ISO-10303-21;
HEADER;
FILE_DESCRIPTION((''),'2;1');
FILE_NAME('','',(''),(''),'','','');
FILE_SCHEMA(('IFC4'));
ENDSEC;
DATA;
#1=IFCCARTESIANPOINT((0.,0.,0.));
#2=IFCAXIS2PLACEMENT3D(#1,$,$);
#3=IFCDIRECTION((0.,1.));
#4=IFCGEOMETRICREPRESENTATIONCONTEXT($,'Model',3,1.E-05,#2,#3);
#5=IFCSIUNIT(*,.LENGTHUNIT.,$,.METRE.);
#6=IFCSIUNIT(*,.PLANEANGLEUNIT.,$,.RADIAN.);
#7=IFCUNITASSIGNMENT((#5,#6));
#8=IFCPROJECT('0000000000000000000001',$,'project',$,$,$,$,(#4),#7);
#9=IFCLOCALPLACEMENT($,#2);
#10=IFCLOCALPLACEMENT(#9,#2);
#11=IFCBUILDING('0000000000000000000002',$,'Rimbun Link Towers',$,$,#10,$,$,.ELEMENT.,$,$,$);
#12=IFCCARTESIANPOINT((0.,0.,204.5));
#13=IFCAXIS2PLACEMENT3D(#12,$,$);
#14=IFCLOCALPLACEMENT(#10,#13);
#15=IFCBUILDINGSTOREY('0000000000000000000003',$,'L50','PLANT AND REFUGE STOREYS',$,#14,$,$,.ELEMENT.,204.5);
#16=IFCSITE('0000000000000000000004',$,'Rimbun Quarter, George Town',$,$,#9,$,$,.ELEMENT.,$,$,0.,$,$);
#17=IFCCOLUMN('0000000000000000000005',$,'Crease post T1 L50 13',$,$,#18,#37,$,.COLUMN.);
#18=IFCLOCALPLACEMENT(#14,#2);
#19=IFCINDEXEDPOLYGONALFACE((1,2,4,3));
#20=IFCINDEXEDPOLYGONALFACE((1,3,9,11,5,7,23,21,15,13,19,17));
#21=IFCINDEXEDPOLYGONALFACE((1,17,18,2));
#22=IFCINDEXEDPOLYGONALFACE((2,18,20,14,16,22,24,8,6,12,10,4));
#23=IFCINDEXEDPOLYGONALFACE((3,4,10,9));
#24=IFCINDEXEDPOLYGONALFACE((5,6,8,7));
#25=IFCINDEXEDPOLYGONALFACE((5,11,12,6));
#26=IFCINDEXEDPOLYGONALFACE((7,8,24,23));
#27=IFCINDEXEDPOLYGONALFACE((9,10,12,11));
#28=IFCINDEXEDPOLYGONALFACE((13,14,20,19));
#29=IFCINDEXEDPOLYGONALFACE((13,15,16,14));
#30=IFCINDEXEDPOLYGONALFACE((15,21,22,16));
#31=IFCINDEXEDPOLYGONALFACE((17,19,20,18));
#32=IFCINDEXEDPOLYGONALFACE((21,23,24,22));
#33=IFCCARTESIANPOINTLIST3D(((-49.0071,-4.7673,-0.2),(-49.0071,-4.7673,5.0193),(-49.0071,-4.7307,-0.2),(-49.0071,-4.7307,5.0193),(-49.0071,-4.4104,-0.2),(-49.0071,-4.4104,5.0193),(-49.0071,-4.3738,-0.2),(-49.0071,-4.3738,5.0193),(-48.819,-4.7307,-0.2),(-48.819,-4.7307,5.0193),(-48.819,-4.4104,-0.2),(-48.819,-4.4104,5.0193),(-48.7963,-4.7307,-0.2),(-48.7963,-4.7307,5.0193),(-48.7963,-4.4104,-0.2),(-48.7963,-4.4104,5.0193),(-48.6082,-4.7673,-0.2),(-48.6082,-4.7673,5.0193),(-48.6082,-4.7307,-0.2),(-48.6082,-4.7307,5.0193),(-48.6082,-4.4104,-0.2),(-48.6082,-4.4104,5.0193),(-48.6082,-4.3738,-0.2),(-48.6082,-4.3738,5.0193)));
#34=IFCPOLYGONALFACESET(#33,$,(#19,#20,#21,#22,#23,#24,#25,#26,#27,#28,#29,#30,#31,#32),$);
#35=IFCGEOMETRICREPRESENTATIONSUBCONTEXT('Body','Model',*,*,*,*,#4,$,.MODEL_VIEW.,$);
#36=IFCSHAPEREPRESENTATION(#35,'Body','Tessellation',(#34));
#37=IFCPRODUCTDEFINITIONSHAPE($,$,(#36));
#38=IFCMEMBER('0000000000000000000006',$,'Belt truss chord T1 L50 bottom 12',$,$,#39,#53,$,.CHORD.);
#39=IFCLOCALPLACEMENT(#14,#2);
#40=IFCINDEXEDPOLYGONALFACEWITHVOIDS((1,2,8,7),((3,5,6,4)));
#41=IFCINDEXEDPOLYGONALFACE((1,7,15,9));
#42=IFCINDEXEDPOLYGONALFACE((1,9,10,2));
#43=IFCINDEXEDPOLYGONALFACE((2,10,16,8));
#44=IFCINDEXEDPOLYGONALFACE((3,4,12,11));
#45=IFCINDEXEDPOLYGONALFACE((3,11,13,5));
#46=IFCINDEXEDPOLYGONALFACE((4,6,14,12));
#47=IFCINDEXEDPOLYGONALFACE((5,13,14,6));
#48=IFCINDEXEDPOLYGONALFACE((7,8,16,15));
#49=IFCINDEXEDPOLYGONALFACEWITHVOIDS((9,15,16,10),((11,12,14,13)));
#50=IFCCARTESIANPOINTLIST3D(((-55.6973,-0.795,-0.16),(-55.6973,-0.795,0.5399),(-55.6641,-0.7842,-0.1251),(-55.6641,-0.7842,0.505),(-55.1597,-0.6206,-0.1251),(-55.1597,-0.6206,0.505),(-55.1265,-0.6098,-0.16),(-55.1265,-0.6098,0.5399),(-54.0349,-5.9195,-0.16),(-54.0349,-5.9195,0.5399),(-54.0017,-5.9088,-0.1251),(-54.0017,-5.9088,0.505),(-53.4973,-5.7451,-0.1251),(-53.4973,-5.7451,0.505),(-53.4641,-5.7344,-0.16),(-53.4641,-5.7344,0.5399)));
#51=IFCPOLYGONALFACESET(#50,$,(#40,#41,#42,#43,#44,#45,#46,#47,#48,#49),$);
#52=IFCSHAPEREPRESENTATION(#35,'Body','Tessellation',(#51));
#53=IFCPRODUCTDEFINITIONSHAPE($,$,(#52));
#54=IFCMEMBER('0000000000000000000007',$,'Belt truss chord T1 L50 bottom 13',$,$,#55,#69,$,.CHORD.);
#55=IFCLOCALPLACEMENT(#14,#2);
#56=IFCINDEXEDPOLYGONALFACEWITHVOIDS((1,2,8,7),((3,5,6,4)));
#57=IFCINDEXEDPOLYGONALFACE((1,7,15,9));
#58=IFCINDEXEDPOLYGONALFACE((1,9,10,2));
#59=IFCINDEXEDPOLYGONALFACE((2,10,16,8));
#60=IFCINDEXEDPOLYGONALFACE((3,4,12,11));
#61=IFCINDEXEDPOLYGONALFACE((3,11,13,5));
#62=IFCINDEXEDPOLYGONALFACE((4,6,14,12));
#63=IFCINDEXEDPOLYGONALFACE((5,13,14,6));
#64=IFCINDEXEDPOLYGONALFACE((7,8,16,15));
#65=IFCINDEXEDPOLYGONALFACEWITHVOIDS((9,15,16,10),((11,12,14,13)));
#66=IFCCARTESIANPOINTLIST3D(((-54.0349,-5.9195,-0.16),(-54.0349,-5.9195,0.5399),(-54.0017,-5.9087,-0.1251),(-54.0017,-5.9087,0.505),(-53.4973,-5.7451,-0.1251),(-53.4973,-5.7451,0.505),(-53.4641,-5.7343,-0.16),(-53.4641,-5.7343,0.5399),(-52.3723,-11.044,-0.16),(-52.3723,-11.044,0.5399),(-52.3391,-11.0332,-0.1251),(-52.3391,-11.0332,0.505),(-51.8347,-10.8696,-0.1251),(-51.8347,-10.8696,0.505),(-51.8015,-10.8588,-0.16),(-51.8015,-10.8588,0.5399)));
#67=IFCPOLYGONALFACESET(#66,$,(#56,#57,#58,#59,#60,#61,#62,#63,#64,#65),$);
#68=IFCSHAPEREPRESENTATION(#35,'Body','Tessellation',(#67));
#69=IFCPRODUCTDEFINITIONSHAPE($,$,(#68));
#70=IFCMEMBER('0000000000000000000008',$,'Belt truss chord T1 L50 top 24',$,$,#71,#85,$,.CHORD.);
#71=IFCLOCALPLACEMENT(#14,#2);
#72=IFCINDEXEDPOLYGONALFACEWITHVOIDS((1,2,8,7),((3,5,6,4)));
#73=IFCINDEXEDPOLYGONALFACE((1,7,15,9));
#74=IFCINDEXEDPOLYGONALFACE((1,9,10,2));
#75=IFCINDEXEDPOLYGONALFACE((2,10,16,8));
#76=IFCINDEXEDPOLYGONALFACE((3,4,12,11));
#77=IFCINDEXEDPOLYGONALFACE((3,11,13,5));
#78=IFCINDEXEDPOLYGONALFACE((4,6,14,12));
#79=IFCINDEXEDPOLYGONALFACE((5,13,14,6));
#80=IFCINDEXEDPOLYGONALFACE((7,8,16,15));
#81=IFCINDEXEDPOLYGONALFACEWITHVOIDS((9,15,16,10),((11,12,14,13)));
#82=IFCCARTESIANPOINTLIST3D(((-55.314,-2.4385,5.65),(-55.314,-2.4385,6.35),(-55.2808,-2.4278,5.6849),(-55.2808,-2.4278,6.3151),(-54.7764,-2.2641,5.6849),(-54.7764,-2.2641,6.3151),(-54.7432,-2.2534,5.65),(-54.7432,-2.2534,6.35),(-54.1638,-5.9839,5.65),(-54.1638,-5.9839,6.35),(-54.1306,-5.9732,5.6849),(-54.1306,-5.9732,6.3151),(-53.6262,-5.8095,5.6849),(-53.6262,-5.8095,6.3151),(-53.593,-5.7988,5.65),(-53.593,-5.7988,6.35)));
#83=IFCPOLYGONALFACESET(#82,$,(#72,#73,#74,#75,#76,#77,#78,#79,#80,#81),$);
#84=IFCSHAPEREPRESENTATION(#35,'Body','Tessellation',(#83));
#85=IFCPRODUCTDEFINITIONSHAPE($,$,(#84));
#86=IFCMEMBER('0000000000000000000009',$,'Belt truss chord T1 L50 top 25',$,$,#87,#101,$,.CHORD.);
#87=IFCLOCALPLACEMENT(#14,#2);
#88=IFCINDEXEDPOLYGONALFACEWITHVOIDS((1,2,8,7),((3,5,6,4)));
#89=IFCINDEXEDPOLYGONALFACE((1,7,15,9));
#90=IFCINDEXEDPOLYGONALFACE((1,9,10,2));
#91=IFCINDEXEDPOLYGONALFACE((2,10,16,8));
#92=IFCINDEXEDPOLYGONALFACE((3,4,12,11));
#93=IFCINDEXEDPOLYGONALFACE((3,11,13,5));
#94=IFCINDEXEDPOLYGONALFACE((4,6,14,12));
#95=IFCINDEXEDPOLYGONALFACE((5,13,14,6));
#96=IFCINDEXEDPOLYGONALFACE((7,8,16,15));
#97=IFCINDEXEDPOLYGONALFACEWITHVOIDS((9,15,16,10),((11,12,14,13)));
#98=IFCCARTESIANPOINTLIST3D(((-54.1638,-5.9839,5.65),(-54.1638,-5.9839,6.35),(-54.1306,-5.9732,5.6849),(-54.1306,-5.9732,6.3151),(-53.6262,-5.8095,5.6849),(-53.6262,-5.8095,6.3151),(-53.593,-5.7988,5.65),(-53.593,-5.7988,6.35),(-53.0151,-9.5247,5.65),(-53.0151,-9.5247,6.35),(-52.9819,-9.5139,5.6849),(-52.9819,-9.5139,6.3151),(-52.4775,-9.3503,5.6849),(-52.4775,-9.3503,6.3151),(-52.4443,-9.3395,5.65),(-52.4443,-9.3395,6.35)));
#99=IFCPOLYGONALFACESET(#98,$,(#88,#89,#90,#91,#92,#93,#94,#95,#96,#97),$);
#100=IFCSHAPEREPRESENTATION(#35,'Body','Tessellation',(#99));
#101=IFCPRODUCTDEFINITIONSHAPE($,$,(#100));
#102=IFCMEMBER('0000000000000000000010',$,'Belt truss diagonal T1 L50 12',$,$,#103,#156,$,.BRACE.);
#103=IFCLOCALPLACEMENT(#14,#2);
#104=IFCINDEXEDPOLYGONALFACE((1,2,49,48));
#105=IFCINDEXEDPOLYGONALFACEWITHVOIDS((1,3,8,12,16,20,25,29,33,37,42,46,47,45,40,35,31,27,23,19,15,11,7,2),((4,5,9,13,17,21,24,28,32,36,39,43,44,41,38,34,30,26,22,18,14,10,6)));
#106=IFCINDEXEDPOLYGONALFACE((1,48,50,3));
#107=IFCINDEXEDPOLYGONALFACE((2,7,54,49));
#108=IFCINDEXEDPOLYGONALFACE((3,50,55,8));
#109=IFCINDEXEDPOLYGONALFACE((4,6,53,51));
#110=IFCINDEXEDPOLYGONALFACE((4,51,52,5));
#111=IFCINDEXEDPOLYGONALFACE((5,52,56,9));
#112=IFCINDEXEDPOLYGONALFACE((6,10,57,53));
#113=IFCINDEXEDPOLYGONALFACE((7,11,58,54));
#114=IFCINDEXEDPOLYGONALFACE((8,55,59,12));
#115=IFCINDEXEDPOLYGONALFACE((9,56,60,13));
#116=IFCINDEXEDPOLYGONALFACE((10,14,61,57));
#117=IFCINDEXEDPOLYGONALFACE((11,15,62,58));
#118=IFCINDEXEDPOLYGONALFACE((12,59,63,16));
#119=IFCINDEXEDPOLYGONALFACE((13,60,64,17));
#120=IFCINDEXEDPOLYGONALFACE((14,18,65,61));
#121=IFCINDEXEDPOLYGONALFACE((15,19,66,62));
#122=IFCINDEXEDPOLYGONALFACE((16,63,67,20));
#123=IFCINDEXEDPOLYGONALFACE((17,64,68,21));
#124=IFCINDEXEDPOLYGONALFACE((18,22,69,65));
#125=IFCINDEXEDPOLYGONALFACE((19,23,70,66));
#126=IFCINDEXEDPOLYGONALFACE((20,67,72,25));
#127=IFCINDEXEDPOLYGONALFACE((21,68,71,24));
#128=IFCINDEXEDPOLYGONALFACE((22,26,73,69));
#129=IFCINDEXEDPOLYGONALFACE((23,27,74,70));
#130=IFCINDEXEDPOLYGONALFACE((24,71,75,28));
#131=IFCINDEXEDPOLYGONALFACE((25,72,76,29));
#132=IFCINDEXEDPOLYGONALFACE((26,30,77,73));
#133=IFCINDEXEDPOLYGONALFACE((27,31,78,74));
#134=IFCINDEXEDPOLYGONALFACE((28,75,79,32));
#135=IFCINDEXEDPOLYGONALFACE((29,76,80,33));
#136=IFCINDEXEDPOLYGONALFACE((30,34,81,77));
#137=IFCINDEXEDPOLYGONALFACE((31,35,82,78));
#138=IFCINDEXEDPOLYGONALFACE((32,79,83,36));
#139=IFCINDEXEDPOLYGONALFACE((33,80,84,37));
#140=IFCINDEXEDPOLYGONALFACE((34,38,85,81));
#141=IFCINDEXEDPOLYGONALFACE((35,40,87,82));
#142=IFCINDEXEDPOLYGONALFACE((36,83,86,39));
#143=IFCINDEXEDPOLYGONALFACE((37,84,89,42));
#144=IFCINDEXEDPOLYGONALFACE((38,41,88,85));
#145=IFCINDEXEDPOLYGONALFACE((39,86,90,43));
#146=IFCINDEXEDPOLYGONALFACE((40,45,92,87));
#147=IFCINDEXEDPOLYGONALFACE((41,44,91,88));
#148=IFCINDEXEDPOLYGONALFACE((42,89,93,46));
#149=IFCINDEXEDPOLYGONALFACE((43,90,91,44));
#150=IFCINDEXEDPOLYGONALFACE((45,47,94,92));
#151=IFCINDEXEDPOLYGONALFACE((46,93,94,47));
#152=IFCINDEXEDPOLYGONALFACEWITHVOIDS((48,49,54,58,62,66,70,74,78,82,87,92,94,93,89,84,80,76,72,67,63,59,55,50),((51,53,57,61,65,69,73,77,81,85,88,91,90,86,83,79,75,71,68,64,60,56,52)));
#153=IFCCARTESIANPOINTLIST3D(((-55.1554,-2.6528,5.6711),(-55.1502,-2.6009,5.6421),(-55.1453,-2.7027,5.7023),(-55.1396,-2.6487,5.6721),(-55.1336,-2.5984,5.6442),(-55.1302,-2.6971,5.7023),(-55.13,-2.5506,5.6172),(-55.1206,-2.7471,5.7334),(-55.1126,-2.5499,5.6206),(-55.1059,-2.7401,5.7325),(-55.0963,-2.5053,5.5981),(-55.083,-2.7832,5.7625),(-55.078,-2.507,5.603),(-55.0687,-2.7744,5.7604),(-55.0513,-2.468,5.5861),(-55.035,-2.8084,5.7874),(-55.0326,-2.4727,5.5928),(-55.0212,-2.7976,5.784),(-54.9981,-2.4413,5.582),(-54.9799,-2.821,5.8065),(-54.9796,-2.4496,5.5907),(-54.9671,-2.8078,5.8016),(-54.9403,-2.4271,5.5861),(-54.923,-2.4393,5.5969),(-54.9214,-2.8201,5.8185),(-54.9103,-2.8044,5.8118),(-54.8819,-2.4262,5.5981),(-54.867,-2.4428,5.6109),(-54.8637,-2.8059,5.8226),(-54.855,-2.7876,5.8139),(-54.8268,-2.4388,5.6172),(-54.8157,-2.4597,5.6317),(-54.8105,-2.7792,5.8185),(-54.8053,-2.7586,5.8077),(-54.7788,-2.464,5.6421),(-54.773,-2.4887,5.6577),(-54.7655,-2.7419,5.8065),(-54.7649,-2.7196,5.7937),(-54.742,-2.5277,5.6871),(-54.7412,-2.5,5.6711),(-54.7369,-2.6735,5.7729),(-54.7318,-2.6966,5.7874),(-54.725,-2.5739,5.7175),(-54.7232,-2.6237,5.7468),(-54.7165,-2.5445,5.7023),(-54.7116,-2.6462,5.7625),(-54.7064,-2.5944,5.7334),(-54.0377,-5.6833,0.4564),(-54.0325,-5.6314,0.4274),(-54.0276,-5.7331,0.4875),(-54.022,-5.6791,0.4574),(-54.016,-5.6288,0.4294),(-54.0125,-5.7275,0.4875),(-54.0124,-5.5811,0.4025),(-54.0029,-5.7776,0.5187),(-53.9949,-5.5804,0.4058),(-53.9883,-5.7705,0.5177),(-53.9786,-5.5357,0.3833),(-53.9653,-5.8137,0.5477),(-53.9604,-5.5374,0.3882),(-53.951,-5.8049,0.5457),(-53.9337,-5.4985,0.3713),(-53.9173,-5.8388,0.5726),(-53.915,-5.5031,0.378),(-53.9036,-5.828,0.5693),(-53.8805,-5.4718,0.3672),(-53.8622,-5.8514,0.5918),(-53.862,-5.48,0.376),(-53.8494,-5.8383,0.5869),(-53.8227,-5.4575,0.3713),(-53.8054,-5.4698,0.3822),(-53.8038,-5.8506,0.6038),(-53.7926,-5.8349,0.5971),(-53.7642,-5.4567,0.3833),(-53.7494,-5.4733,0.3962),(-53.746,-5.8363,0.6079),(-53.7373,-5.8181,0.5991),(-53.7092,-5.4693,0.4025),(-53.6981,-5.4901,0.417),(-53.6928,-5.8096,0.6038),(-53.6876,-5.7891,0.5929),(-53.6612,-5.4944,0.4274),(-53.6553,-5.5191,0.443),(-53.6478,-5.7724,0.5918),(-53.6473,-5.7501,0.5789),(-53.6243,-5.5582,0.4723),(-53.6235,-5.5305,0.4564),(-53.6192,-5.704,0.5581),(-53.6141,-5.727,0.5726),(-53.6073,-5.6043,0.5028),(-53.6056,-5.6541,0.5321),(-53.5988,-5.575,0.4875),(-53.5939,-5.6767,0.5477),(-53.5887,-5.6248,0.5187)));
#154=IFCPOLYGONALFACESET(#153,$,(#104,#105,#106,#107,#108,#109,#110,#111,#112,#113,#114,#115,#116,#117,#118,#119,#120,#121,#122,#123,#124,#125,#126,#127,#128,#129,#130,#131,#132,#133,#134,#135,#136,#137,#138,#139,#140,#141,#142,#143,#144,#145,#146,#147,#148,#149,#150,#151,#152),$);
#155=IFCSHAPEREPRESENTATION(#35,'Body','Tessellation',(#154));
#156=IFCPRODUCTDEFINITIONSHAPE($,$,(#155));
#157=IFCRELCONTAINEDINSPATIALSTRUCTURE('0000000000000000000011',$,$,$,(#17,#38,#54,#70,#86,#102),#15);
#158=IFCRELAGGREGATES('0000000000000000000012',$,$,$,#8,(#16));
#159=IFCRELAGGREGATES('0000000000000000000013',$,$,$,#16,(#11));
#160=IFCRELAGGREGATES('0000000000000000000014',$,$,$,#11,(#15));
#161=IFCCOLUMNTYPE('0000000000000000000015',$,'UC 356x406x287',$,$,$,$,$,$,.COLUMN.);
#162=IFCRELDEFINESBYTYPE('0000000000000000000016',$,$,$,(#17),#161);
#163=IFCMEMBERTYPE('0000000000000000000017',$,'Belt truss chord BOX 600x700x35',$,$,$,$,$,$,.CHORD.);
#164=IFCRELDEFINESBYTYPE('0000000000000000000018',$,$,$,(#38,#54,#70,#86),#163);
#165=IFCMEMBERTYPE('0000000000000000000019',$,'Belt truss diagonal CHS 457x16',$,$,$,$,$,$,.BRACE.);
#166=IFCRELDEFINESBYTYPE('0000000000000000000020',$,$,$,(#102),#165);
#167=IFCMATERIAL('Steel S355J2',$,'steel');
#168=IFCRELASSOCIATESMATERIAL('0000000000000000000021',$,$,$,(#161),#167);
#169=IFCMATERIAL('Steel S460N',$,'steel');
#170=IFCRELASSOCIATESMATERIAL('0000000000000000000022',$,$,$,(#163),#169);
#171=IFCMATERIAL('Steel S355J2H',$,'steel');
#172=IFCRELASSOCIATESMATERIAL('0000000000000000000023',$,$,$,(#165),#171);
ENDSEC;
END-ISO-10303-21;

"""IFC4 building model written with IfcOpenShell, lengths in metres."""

from ifc_helpers import new_model, si_unit, direction, frame, origin, origin_2d, place, context, subcontext, project, spatial, hollow_rectangle, hollow_circle, i_section, extrude, material, material_profile, profile_set, type_object, element, save


model = new_model("IFC4")

# Units and contexts
model_context = context("Model", 3, precision=1e-05, world=origin(), true_north=direction((0.0, 1.0)))
body_context = subcontext(model_context, "Body", "Model", "MODEL_VIEW")
ifc_project = project(units=[si_unit("LENGTHUNIT", "METRE"), si_unit("PLANEANGLEUNIT", "RADIAN")], contexts=[model_context])

# Site, building, storey
site_placement = place(None, origin())
site = spatial("IfcSite", under=ifc_project, at=site_placement, Name="Rimbun Quarter, George Town", CompositionType="ELEMENT", RefElevation=0.0)
building_placement = place(site_placement, origin())
building = spatial("IfcBuilding", under=site, at=building_placement, Name="Rimbun Link Towers", CompositionType="ELEMENT")
storey_placement = place(building_placement, frame((0.0, 0.0, 204.5)))
storey = spatial("IfcBuildingStorey", under=building, at=storey_placement, Name="L50", Description="PLANT AND REFUGE STOREYS", CompositionType="ELEMENT", Elevation=204.5)

# Column
ifc_material_1 = material(Name="Steel S355J2", Category="steel")
ifc_material_profile_1 = material_profile(ifc_material_1, i_section(OverallWidth=0.3989, OverallDepth=0.3936, WebThickness=0.0227, FlangeThickness=0.0366, at=origin_2d()), Name="UC 356x406x287")
ifc_profile_set_1 = profile_set([ifc_material_profile_1], Name="Steel S355J2")
column_type = type_object("IfcColumnType", Name="UC 356x406x287", PredefinedType="COLUMN", material=ifc_profile_set_1)
column_placement = place(storey_placement, frame((-48.8076, -4.5706, -0.2), z_axis=(0.0, 0.0, 1.0), x_axis=(1.0, 0.0, 0.0)))
element("IfcColumn", 1, at=column_placement, inside=storey, type_object=column_type, Name="Crease post T1 L50 13", PredefinedType="COLUMN", context=body_context, shape_type="SweptSolid", body=[
    extrude(i_section(OverallWidth=0.3989, OverallDepth=0.3936, WebThickness=0.0227, FlangeThickness=0.0366, at=origin_2d()), origin(), (0.0, 0.0, 1.0), 5.2192),
])

# Members
ifc_material_2 = material(Name="Steel S460N", Category="steel")
ifc_material_profile_2 = material_profile(ifc_material_2, hollow_rectangle(XDim=0.6001, YDim=0.7, WallThickness=0.0349, at=origin_2d()), Name="Belt truss chord BOX 600x700x35")
ifc_profile_set_2 = profile_set([ifc_material_profile_2], Name="Steel S460N")
member_type_1 = type_object("IfcMemberType", Name="Belt truss chord BOX 600x700x35", PredefinedType="CHORD", material=ifc_profile_set_2)
for number, where, z_axis, x_axis, name in (
    (2, (-55.4119, -0.7024, 0.1899), (0.308563, -0.951204, 0.0), (0.951204, 0.308563, 0.0), "Belt truss chord T1 L50 bottom 12"),
    (3, (-53.7495, -5.8269, 0.1899), (0.308604, -0.95119, 0.0), (0.95119, 0.308604, 0.0), "Belt truss chord T1 L50 bottom 13"),
):
    element("IfcMember", number, at=place(storey_placement, frame(where, z_axis=z_axis, x_axis=x_axis)), inside=storey, type_object=member_type_1, Name=name, PredefinedType="CHORD", context=body_context, shape_type="SweptSolid", body=[
        extrude(hollow_rectangle(XDim=0.6001, YDim=0.7, WallThickness=0.0349, at=origin_2d()), origin(), (0.0, 0.0, 1.0), 5.3875),
    ])
member_1_placement = place(storey_placement, frame((-55.0286, -2.3459, 6.0), z_axis=(0.308574, -0.9512, 0.0), x_axis=(0.9512, 0.308574, 0.0)))
element("IfcMember", 4, at=member_1_placement, inside=storey, type_object=member_type_1, Name="Belt truss chord T1 L50 top 24", PredefinedType="CHORD", context=body_context, shape_type="SweptSolid", body=[
    extrude(hollow_rectangle(XDim=0.6001, YDim=0.7, WallThickness=0.0349, at=origin_2d()), origin(), (0.0, 0.0, 1.0), 3.7273),
])
member_2_placement = place(storey_placement, frame((-53.8784, -5.8914, 6.0), z_axis=(0.308583, -0.951197, 0.0), x_axis=(0.951197, 0.308583, 0.0)))
element("IfcMember", 5, at=member_2_placement, inside=storey, type_object=member_type_1, Name="Belt truss chord T1 L50 top 25", PredefinedType="CHORD", context=body_context, shape_type="SweptSolid", body=[
    extrude(hollow_rectangle(XDim=0.6001, YDim=0.7, WallThickness=0.0349, at=origin_2d()), origin(), (0.0, 0.0, 1.0), 3.7224),
])
ifc_material_3 = material(Name="Steel S355J2H", Category="steel")
ifc_material_profile_3 = material_profile(ifc_material_3, hollow_circle(Radius=0.2285, WallThickness=0.0161, at=origin_2d()), Name="Belt truss diagonal CHS 457x16")
ifc_profile_set_3 = profile_set([ifc_material_profile_3], Name="Steel S355J2H")
member_type_2 = type_object("IfcMemberType", Name="Belt truss diagonal CHS 457x16", PredefinedType="BRACE", material=ifc_profile_set_3)
member_3_placement = place(storey_placement, frame((-53.8132, -5.6541, 0.4875), z_axis=(-0.182205, 0.49404, 0.850133), x_axis=(-0.938226, -0.346024, 0.0)))
element("IfcMember", 6, at=member_3_placement, inside=storey, type_object=member_type_2, Name="Belt truss diagonal T1 L50 12", PredefinedType="BRACE", context=body_context, shape_type="SweptSolid", body=[
    extrude(hollow_circle(Radius=0.2285, WallThickness=0.0161, at=origin_2d()), origin(), (0.0, 0.0, 1.0), 6.134),
])

save(model, "model.ifc")
